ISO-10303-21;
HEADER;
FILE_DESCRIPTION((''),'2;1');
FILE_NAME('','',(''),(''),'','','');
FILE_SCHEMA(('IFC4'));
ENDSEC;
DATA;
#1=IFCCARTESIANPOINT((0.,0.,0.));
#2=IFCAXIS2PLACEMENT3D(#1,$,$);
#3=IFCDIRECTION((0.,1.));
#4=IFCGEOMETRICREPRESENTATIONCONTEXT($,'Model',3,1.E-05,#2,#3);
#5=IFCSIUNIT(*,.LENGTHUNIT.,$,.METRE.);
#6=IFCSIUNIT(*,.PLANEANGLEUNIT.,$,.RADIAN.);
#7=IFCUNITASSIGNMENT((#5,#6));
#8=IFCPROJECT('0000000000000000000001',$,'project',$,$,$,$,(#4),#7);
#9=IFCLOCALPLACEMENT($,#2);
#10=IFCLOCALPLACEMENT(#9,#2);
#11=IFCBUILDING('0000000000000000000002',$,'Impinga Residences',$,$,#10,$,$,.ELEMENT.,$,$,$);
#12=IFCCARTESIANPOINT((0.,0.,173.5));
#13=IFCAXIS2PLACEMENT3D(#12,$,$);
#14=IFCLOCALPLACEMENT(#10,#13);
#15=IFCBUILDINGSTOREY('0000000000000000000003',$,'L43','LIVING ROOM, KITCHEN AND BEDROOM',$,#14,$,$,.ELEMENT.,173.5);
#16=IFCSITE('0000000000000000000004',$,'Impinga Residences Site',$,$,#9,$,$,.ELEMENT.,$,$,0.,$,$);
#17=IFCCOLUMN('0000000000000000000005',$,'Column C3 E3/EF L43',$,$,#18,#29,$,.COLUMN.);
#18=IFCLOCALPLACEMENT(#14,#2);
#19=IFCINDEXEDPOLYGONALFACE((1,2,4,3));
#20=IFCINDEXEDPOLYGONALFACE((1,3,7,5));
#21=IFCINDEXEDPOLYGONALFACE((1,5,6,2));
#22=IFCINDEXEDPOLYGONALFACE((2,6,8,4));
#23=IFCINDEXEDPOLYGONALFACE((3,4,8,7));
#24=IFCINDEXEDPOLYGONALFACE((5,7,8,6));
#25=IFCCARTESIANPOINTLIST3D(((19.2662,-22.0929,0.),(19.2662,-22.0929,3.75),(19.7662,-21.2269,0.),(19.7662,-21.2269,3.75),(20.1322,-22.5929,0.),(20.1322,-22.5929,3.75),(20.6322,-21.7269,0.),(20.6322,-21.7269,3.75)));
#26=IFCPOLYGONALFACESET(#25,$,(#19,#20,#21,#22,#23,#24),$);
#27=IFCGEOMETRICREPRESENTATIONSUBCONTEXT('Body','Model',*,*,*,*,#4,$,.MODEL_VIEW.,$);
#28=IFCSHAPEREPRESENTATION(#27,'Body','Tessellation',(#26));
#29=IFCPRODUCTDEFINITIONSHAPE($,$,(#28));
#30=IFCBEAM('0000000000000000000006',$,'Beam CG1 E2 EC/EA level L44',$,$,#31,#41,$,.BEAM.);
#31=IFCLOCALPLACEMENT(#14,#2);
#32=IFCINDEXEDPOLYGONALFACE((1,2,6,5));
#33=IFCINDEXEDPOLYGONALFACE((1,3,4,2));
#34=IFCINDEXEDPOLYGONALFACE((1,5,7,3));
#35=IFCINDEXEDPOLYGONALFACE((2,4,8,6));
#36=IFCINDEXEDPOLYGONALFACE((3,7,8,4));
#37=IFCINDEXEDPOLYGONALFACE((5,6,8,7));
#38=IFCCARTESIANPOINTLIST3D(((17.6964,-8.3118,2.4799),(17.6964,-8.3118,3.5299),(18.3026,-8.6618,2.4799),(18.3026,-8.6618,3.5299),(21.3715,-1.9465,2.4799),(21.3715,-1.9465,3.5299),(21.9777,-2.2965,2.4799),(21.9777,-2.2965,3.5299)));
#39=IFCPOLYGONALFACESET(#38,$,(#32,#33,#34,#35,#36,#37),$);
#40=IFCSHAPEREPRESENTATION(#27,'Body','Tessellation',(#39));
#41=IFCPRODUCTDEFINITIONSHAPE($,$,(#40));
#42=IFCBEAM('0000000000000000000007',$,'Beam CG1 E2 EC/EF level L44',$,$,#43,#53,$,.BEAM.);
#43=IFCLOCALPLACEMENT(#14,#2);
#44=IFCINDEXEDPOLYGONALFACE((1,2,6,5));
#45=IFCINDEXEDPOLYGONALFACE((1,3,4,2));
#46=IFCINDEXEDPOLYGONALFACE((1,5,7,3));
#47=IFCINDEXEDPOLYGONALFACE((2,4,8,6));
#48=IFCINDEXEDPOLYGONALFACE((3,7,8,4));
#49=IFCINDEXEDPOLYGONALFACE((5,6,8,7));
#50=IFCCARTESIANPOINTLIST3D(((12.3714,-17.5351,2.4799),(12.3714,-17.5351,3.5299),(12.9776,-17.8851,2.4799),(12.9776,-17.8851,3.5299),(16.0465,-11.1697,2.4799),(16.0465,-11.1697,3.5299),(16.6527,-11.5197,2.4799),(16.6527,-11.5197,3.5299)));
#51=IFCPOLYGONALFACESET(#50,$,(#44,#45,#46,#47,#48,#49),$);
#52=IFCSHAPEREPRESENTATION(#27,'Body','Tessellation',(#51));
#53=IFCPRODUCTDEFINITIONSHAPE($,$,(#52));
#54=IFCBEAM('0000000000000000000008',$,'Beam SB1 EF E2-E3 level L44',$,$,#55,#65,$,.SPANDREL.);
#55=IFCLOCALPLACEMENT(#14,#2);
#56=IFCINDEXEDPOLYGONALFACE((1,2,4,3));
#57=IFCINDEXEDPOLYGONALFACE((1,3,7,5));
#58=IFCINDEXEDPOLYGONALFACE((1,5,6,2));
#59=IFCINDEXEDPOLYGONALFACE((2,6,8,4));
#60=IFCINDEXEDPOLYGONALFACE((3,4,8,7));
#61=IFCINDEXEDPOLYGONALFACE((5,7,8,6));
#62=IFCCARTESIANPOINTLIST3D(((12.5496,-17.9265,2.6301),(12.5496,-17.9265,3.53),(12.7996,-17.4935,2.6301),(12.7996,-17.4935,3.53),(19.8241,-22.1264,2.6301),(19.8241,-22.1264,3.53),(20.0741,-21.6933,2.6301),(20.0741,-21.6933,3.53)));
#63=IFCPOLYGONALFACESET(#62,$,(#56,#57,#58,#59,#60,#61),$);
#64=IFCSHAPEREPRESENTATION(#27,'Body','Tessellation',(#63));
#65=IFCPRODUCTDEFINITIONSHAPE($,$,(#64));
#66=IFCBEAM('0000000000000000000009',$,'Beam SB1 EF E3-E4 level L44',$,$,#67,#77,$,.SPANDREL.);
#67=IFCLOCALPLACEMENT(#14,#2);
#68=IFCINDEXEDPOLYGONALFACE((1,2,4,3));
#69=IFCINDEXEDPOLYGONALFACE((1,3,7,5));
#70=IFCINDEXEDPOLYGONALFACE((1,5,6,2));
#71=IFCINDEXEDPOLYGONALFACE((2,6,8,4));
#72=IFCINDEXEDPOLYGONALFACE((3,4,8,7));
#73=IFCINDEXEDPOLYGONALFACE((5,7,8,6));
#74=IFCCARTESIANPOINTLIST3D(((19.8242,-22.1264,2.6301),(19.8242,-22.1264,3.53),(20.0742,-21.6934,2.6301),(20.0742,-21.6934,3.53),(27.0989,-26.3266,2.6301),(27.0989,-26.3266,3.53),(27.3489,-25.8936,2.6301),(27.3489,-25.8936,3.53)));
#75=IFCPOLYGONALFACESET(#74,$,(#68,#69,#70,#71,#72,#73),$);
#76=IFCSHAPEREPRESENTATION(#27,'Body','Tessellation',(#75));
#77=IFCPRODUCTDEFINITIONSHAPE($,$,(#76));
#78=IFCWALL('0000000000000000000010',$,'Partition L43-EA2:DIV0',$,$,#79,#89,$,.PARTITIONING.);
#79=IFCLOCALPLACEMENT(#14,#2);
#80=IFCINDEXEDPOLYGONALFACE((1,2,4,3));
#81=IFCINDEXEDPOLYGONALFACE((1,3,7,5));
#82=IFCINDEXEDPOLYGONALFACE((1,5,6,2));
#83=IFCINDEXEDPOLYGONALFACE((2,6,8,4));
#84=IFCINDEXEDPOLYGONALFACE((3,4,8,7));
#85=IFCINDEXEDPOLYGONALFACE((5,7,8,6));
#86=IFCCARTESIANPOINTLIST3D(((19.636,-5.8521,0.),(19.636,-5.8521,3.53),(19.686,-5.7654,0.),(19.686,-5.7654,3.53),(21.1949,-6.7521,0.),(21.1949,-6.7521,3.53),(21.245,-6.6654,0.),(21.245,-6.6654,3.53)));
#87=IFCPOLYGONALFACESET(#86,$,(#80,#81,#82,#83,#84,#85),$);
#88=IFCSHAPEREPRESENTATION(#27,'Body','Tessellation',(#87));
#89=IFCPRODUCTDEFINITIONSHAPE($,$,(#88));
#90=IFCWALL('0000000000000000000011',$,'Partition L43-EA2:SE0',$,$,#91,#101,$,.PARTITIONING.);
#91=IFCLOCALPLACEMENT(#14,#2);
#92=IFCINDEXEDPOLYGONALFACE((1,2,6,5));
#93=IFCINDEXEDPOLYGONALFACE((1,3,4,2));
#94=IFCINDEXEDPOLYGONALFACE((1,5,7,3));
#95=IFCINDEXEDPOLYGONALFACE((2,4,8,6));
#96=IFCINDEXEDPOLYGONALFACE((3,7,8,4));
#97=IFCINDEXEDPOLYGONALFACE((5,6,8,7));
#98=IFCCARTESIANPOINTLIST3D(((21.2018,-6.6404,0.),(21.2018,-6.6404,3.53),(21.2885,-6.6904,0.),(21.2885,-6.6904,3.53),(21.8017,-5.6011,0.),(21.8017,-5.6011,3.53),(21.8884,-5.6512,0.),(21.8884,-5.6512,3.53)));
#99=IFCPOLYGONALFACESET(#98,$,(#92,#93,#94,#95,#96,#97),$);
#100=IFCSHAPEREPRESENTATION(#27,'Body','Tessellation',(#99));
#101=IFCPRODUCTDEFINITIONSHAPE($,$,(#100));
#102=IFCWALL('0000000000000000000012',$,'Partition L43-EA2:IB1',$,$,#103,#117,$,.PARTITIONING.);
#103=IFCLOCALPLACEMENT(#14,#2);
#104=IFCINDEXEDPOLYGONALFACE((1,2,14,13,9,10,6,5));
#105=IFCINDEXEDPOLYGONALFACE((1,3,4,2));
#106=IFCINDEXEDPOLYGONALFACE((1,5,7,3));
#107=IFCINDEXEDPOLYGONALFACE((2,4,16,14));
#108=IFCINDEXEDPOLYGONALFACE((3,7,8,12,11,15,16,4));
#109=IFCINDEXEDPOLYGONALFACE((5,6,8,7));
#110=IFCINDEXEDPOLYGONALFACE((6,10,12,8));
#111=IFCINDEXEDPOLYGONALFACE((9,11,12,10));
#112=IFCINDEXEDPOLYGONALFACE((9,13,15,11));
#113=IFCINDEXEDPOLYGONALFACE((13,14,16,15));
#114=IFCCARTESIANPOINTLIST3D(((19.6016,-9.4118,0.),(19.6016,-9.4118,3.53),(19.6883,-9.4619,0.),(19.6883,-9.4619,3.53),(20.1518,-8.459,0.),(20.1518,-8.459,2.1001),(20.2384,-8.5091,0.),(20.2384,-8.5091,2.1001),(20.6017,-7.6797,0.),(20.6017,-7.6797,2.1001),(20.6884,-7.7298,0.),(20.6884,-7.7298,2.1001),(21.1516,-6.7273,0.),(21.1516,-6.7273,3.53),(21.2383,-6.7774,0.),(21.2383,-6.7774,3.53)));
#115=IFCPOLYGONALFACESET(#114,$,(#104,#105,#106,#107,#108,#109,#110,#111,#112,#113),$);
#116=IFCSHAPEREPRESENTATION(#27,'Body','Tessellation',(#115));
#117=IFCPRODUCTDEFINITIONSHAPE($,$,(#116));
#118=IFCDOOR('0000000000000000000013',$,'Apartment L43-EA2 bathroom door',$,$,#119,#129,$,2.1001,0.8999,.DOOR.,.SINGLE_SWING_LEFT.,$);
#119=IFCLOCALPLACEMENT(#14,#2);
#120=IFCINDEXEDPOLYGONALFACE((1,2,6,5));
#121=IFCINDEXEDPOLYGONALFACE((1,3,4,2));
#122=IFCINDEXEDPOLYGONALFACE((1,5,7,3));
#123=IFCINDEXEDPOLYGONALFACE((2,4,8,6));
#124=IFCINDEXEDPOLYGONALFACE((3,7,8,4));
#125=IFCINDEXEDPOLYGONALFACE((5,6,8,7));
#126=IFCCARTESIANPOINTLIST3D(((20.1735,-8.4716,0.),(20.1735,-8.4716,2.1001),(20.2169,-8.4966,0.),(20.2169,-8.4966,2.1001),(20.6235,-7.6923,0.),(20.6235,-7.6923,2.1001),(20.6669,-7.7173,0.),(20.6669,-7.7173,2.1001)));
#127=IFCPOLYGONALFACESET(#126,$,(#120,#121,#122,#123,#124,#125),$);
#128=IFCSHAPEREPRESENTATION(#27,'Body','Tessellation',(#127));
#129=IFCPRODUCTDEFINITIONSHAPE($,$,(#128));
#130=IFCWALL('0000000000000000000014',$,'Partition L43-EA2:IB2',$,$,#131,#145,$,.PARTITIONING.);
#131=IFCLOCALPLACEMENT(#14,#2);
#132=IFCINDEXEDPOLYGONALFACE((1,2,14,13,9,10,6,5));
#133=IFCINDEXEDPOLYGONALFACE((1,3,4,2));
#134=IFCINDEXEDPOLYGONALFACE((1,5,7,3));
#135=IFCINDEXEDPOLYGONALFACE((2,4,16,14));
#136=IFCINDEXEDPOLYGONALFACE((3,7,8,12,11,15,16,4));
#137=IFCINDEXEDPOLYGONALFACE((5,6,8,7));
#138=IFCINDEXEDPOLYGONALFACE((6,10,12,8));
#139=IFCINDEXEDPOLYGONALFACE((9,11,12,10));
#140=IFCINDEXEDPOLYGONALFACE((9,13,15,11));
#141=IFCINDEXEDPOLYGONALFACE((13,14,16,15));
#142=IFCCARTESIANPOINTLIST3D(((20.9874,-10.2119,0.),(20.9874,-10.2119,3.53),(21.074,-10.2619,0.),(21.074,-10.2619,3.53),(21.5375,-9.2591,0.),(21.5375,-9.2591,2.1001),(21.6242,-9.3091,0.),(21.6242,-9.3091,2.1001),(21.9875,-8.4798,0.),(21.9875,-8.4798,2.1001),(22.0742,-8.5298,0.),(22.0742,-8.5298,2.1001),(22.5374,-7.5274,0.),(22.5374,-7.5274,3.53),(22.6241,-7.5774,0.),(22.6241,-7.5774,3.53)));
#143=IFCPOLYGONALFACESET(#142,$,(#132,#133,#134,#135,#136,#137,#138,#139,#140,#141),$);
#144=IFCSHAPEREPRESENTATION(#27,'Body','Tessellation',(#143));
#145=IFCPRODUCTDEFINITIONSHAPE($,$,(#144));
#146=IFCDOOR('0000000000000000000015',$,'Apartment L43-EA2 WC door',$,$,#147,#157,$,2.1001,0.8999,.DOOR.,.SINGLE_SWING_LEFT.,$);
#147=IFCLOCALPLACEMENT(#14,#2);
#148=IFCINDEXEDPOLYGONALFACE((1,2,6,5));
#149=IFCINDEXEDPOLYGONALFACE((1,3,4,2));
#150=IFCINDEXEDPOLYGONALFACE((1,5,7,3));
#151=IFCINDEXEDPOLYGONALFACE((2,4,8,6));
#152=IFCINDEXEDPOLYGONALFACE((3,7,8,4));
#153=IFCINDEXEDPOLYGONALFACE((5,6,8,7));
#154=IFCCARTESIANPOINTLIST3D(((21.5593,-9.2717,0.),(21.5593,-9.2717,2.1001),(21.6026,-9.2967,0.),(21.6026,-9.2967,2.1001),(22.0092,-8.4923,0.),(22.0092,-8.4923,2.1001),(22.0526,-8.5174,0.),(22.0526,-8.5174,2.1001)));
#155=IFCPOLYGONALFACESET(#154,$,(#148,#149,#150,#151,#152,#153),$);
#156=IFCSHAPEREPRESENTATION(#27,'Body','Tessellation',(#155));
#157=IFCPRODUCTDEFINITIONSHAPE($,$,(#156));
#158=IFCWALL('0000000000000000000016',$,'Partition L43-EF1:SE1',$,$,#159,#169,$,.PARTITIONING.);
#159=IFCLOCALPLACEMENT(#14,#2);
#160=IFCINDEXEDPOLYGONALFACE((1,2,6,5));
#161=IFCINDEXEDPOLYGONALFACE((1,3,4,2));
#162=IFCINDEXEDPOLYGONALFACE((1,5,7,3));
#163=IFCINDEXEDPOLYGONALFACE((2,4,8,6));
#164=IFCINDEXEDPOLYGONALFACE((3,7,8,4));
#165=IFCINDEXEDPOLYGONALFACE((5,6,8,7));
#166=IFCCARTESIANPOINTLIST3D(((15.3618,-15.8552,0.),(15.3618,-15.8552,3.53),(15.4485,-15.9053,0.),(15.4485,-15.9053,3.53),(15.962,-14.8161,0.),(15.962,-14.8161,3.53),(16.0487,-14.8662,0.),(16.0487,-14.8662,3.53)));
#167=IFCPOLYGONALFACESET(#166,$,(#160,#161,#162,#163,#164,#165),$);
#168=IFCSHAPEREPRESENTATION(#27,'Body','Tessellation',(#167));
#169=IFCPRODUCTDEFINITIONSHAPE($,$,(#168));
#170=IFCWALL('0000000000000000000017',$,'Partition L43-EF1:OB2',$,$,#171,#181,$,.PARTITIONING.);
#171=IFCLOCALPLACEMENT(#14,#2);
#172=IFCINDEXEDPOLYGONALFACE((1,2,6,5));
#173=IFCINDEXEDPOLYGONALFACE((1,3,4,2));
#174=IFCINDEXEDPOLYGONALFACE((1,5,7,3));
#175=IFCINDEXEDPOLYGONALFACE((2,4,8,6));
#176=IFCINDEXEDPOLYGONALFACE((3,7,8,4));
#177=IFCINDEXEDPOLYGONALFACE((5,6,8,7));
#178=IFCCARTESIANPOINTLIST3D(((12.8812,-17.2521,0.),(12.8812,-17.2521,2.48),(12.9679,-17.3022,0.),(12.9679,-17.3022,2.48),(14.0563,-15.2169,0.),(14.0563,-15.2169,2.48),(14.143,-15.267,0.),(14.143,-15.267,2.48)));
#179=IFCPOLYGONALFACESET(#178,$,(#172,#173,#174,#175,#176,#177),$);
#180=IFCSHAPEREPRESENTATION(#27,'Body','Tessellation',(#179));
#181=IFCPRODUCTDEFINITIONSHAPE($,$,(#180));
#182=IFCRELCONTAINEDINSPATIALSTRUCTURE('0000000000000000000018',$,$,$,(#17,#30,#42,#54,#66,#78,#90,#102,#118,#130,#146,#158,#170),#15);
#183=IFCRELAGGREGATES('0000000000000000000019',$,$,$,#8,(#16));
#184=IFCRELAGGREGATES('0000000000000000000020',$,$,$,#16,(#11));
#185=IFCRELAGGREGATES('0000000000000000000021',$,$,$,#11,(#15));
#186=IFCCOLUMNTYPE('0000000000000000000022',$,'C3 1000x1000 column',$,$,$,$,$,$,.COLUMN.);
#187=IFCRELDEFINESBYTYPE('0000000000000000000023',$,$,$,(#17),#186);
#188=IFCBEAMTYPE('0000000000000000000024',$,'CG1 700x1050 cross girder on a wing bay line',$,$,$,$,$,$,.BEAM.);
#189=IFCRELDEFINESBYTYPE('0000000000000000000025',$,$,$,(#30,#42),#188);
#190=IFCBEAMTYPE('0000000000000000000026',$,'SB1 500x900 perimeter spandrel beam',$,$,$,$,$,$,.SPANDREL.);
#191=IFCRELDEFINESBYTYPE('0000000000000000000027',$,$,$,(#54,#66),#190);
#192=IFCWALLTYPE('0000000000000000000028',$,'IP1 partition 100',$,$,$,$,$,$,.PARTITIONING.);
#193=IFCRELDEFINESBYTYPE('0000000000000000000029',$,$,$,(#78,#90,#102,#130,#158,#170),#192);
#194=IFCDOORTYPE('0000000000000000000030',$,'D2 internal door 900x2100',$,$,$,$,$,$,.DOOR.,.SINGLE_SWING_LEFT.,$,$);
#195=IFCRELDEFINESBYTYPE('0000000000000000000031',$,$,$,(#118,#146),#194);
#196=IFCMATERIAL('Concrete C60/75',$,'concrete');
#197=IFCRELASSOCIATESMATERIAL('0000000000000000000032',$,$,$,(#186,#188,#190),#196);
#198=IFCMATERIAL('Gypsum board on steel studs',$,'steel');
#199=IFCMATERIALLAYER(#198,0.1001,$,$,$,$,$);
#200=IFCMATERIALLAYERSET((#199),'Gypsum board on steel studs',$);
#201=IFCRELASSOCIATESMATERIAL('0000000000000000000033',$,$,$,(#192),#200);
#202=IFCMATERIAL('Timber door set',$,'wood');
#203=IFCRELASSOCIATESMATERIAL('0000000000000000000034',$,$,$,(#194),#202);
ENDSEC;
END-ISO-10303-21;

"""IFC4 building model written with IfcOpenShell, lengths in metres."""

from ifc_helpers import new_model, si_unit, direction, frame, frame_2d, origin, origin_2d, place, context, subcontext, project, spatial, rectangle, extrude, material, layer, layer_set, material_profile, profile_set, type_object, element, fill, save


model = new_model("IFC4")

# Units and contexts
model_context = context("Model", 3, precision=1e-05, world=origin(), true_north=direction((0.0, 1.0)))
body_context = subcontext(model_context, "Body", "Model", "MODEL_VIEW")
ifc_project = project(units=[si_unit("LENGTHUNIT", "METRE"), si_unit("PLANEANGLEUNIT", "RADIAN")], contexts=[model_context])

# Site, building, storey
site_placement = place(None, origin())
site = spatial("IfcSite", under=ifc_project, at=site_placement, Name="Impinga Residences Site", CompositionType="ELEMENT", RefElevation=0.0)
building_placement = place(site_placement, origin())
building = spatial("IfcBuilding", under=site, at=building_placement, Name="Impinga Residences", CompositionType="ELEMENT")
storey_placement = place(building_placement, frame((0.0, 0.0, 173.5)))
storey = spatial("IfcBuildingStorey", under=building, at=storey_placement, Name="L43", Description="LIVING ROOM, KITCHEN AND BEDROOM", CompositionType="ELEMENT", Elevation=173.5)

# Column
ifc_material_1 = material(Name="Concrete C60/75", Category="concrete")
ifc_material_profile_1 = material_profile(ifc_material_1, rectangle(XDim=1.0, YDim=1.0, at=origin_2d()), Name="RC 1000x1000")
ifc_profile_set_1 = profile_set([ifc_material_profile_1], Name="Concrete C60/75")
column_type = type_object("IfcColumnType", Name="C3 1000x1000 column", PredefinedType="COLUMN", material=ifc_profile_set_1)
column_placement = place(storey_placement, frame((19.9492, -21.9099, 0.0), z_axis=(0.0, 0.0, 1.0), x_axis=(-0.5, -0.866025, 0.0)))
element("IfcColumn", 1, at=column_placement, inside=storey, type_object=column_type, Name="Column C3 E3/EF L43", PredefinedType="COLUMN", context=body_context, shape_type="SweptSolid", body=[
    extrude(rectangle(XDim=1.0, YDim=1.0, at=origin_2d()), origin(), (0.0, 0.0, 1.0), 3.75),
])

# Beams
ifc_material_profile_2 = material_profile(ifc_material_1, rectangle(XDim=0.7, YDim=1.05, at=origin_2d()), Name="RC 700x1050")
ifc_profile_set_2 = profile_set([ifc_material_profile_2], Name="Concrete C60/75")
beam_type_1 = type_object("IfcBeamType", Name="CG1 700x1050 cross girder on a wing bay line", PredefinedType="BEAM", material=ifc_profile_set_2)
for number, where, z_axis, x_axis, name in (
    (2, (17.9995, -8.4868, 3.0049), (0.500008, 0.866021, 0.0), (-0.866021, 0.500008, 0.0), "Beam CG1 E2 EC/EA level L44"),
    (3, (16.3496, -11.3447, 3.0049), (-0.500008, -0.866021, 0.0), (0.866021, -0.500008, 0.0), "Beam CG1 E2 EC/EF level L44"),
):
    element("IfcBeam", number, at=place(storey_placement, frame(where, z_axis=z_axis, x_axis=x_axis)), inside=storey, type_object=beam_type_1, Name=name, PredefinedType="BEAM", context=body_context, shape_type="SweptSolid", body=[
        extrude(rectangle(XDim=0.7, YDim=1.05, at=origin_2d()), origin(), (0.0, 0.0, 1.0), 7.3501),
    ])
ifc_material_profile_3 = material_profile(ifc_material_1, rectangle(XDim=0.5, YDim=0.8999, at=origin_2d()), Name="RC 500x900")
ifc_profile_set_3 = profile_set([ifc_material_profile_3], Name="Concrete C60/75")
beam_type_2 = type_object("IfcBeamType", Name="SB1 500x900 perimeter spandrel beam", PredefinedType="SPANDREL", material=ifc_profile_set_3)
beam_1_placement = place(storey_placement, frame((12.6746, -17.71, 3.0801), z_axis=(0.866029, -0.499993, 0.0), x_axis=(0.499993, 0.866029, 0.0)))
element("IfcBeam", 4, at=beam_1_placement, inside=storey, type_object=beam_type_2, Name="Beam SB1 EF E2-E3 level L44", PredefinedType="SPANDREL", context=body_context, shape_type="SweptSolid", body=[
    extrude(rectangle(XDim=0.5, YDim=0.8999, at=origin_2d()), origin(), (0.0, 0.0, 1.0), 8.3999),
])
beam_2_placement = place(storey_placement, frame((19.9492, -21.9099, 3.0801), z_axis=(0.866017, -0.500015, 0.0), x_axis=(0.500015, 0.866017, 0.0)))
element("IfcBeam", 5, at=beam_2_placement, inside=storey, type_object=beam_type_2, Name="Beam SB1 EF E3-E4 level L44", PredefinedType="SPANDREL", context=body_context, shape_type="SweptSolid", body=[
    extrude(rectangle(XDim=0.5, YDim=0.8999, at=origin_2d()), origin(), (0.0, 0.0, 1.0), 8.4001),
])

# Walls
ifc_material_2 = material(Name="Gypsum board on steel studs", Category="steel")
ifc_layer_1 = layer(ifc_material_2, 0.1001)
ifc_layer_set_1 = layer_set([ifc_layer_1], Name="Gypsum board on steel studs")
wall_type_1 = type_object("IfcWallType", Name="IP1 partition 100", PredefinedType="PARTITIONING", material=ifc_layer_set_1)
wall_1_placement = place(storey_placement, frame((19.6611, -5.8088, 0.0), z_axis=(0.0, 0.0, 1.0), x_axis=(0.866048, -0.499961, 0.0)))
element("IfcWall", 6, at=wall_1_placement, inside=storey, type_object=wall_type_1, Name="Partition L43-EA2:DIV0", PredefinedType="PARTITIONING", context=body_context, shape_type="SweptSolid", body=[
    extrude(rectangle(XDim=1.8, YDim=0.1001, at=frame_2d((0.8999, 0.0))), origin(), (0.0, 0.0, 1.0), 3.53),
])
wall_2_placement = place(storey_placement, frame((21.2451, -6.6655, 0.0), z_axis=(0.0, 0.0, 1.0), x_axis=(0.499881, 0.866094, 0.0)))
element("IfcWall", 7, at=wall_2_placement, inside=storey, type_object=wall_type_1, Name="Partition L43-EA2:SE0", PredefinedType="PARTITIONING", context=body_context, shape_type="SweptSolid", body=[
    extrude(rectangle(XDim=1.2, YDim=0.1001, at=frame_2d((0.6001, 0.0))), origin(), (0.0, 0.0, 1.0), 3.53),
])

# Walls, openings, doors
wall_3_placement = place(storey_placement, frame((19.645, -9.4368, 0.0), z_axis=(0.0, 0.0, 1.0), x_axis=(0.500027, 0.86601, 0.0)))
wall_3 = element("IfcWall", 8, at=wall_3_placement, inside=storey, type_object=wall_type_1, Name="Partition L43-EA2:IB1", PredefinedType="PARTITIONING", context=body_context, shape_type="SweptSolid", body=[
    extrude(rectangle(XDim=3.0999, YDim=0.1001, at=frame_2d((1.5498, 0.0))), origin(), (0.0, 0.0, 1.0), 3.53),
])
opening_1_placement = place(wall_3_placement, frame((1.1001, 0.0, 0.0)))
opening_1 = element("IfcOpeningElement", 9, at=opening_1_placement, cuts=wall_3, PredefinedType="OPENING", context=body_context, shape_type="SweptSolid", body=[
    extrude(rectangle(XDim=0.8999, YDim=2.1001, at=frame_2d((0.45, 1.05))), frame((0.0, 0.0601, 0.0), z_axis=(0.0, -1.0, 0.0), x_axis=(1.0, 0.0, 0.0)), (0.0, 0.0, 1.0), 0.1201),
])
ifc_material_3 = material(Name="Timber door set", Category="wood")
door_type = type_object("IfcDoorType", Name="D2 internal door 900x2100", OperationType="SINGLE_SWING_LEFT", PredefinedType="DOOR", material=ifc_material_3)
door_1_placement = place(opening_1_placement, origin())
door_1 = element("IfcDoor", 10, at=door_1_placement, inside=storey, type_object=door_type, Name="Apartment L43-EA2 bathroom door", OperationType="SINGLE_SWING_LEFT", OverallHeight=2.1001, OverallWidth=0.8999, PredefinedType="DOOR", context=body_context, shape_type="SweptSolid", body=[
    extrude(rectangle(XDim=0.8999, YDim=2.1001, at=frame_2d((0.45, 1.05))), frame((0.0, 0.0249, 0.0), z_axis=(0.0, -1.0, 0.0), x_axis=(1.0, 0.0, 0.0)), (0.0, 0.0, 1.0), 0.05),
])
fill(opening_1, door_1)
wall_4_placement = place(storey_placement, frame((21.0308, -10.2368, 0.0), z_axis=(0.0, 0.0, 1.0), x_axis=(0.500027, 0.86601, 0.0)))
wall_4 = element("IfcWall", 11, at=wall_4_placement, inside=storey, type_object=wall_type_1, Name="Partition L43-EA2:IB2", PredefinedType="PARTITIONING", context=body_context, shape_type="SweptSolid", body=[
    extrude(rectangle(XDim=3.0999, YDim=0.1001, at=frame_2d((1.5498, 0.0))), origin(), (0.0, 0.0, 1.0), 3.53),
])
opening_2_placement = place(wall_4_placement, frame((1.1001, 0.0, 0.0)))
opening_2 = element("IfcOpeningElement", 12, at=opening_2_placement, cuts=wall_4, PredefinedType="OPENING", context=body_context, shape_type="SweptSolid", body=[
    extrude(rectangle(XDim=0.8999, YDim=2.1001, at=frame_2d((0.45, 1.05))), frame((0.0, 0.0601, 0.0), z_axis=(0.0, -1.0, 0.0), x_axis=(1.0, 0.0, 0.0)), (0.0, 0.0, 1.0), 0.1201),
])
door_2_placement = place(opening_2_placement, origin())
door_2 = element("IfcDoor", 13, at=door_2_placement, inside=storey, type_object=door_type, Name="Apartment L43-EA2 WC door", OperationType="SINGLE_SWING_LEFT", OverallHeight=2.1001, OverallWidth=0.8999, PredefinedType="DOOR", context=body_context, shape_type="SweptSolid", body=[
    extrude(rectangle(XDim=0.8999, YDim=2.1001, at=frame_2d((0.45, 1.05))), frame((0.0, 0.0249, 0.0), z_axis=(0.0, -1.0, 0.0), x_axis=(1.0, 0.0, 0.0)), (0.0, 0.0, 1.0), 0.05),
])
fill(opening_2, door_2)

# Walls
wall_5_placement = place(storey_placement, frame((16.0054, -14.8411, 0.0), z_axis=(0.0, 0.0, 1.0), x_axis=(-0.500122, -0.865955, 0.0)))
element("IfcWall", 14, at=wall_5_placement, inside=storey, type_object=wall_type_1, Name="Partition L43-EF1:SE1", PredefinedType="PARTITIONING", context=body_context, shape_type="SweptSolid", body=[
    extrude(rectangle(XDim=1.2, YDim=0.1001, at=frame_2d((0.6001, 0.0))), origin(), (0.0, 0.0, 1.0), 3.53),
])
wall_6_placement = place(storey_placement, frame((14.0996, -15.2419, 0.0), z_axis=(0.0, 0.0, 1.0), x_axis=(-0.500016, -0.866016, 0.0)))
element("IfcWall", 15, at=wall_6_placement, inside=storey, type_object=wall_type_1, Name="Partition L43-EF1:OB2", PredefinedType="PARTITIONING", context=body_context, shape_type="SweptSolid", body=[
    extrude(rectangle(XDim=2.3501, YDim=0.1001, at=frame_2d((1.175, 0.0))), origin(), (0.0, 0.0, 1.0), 2.48),
])

save(model, "model.ifc")
